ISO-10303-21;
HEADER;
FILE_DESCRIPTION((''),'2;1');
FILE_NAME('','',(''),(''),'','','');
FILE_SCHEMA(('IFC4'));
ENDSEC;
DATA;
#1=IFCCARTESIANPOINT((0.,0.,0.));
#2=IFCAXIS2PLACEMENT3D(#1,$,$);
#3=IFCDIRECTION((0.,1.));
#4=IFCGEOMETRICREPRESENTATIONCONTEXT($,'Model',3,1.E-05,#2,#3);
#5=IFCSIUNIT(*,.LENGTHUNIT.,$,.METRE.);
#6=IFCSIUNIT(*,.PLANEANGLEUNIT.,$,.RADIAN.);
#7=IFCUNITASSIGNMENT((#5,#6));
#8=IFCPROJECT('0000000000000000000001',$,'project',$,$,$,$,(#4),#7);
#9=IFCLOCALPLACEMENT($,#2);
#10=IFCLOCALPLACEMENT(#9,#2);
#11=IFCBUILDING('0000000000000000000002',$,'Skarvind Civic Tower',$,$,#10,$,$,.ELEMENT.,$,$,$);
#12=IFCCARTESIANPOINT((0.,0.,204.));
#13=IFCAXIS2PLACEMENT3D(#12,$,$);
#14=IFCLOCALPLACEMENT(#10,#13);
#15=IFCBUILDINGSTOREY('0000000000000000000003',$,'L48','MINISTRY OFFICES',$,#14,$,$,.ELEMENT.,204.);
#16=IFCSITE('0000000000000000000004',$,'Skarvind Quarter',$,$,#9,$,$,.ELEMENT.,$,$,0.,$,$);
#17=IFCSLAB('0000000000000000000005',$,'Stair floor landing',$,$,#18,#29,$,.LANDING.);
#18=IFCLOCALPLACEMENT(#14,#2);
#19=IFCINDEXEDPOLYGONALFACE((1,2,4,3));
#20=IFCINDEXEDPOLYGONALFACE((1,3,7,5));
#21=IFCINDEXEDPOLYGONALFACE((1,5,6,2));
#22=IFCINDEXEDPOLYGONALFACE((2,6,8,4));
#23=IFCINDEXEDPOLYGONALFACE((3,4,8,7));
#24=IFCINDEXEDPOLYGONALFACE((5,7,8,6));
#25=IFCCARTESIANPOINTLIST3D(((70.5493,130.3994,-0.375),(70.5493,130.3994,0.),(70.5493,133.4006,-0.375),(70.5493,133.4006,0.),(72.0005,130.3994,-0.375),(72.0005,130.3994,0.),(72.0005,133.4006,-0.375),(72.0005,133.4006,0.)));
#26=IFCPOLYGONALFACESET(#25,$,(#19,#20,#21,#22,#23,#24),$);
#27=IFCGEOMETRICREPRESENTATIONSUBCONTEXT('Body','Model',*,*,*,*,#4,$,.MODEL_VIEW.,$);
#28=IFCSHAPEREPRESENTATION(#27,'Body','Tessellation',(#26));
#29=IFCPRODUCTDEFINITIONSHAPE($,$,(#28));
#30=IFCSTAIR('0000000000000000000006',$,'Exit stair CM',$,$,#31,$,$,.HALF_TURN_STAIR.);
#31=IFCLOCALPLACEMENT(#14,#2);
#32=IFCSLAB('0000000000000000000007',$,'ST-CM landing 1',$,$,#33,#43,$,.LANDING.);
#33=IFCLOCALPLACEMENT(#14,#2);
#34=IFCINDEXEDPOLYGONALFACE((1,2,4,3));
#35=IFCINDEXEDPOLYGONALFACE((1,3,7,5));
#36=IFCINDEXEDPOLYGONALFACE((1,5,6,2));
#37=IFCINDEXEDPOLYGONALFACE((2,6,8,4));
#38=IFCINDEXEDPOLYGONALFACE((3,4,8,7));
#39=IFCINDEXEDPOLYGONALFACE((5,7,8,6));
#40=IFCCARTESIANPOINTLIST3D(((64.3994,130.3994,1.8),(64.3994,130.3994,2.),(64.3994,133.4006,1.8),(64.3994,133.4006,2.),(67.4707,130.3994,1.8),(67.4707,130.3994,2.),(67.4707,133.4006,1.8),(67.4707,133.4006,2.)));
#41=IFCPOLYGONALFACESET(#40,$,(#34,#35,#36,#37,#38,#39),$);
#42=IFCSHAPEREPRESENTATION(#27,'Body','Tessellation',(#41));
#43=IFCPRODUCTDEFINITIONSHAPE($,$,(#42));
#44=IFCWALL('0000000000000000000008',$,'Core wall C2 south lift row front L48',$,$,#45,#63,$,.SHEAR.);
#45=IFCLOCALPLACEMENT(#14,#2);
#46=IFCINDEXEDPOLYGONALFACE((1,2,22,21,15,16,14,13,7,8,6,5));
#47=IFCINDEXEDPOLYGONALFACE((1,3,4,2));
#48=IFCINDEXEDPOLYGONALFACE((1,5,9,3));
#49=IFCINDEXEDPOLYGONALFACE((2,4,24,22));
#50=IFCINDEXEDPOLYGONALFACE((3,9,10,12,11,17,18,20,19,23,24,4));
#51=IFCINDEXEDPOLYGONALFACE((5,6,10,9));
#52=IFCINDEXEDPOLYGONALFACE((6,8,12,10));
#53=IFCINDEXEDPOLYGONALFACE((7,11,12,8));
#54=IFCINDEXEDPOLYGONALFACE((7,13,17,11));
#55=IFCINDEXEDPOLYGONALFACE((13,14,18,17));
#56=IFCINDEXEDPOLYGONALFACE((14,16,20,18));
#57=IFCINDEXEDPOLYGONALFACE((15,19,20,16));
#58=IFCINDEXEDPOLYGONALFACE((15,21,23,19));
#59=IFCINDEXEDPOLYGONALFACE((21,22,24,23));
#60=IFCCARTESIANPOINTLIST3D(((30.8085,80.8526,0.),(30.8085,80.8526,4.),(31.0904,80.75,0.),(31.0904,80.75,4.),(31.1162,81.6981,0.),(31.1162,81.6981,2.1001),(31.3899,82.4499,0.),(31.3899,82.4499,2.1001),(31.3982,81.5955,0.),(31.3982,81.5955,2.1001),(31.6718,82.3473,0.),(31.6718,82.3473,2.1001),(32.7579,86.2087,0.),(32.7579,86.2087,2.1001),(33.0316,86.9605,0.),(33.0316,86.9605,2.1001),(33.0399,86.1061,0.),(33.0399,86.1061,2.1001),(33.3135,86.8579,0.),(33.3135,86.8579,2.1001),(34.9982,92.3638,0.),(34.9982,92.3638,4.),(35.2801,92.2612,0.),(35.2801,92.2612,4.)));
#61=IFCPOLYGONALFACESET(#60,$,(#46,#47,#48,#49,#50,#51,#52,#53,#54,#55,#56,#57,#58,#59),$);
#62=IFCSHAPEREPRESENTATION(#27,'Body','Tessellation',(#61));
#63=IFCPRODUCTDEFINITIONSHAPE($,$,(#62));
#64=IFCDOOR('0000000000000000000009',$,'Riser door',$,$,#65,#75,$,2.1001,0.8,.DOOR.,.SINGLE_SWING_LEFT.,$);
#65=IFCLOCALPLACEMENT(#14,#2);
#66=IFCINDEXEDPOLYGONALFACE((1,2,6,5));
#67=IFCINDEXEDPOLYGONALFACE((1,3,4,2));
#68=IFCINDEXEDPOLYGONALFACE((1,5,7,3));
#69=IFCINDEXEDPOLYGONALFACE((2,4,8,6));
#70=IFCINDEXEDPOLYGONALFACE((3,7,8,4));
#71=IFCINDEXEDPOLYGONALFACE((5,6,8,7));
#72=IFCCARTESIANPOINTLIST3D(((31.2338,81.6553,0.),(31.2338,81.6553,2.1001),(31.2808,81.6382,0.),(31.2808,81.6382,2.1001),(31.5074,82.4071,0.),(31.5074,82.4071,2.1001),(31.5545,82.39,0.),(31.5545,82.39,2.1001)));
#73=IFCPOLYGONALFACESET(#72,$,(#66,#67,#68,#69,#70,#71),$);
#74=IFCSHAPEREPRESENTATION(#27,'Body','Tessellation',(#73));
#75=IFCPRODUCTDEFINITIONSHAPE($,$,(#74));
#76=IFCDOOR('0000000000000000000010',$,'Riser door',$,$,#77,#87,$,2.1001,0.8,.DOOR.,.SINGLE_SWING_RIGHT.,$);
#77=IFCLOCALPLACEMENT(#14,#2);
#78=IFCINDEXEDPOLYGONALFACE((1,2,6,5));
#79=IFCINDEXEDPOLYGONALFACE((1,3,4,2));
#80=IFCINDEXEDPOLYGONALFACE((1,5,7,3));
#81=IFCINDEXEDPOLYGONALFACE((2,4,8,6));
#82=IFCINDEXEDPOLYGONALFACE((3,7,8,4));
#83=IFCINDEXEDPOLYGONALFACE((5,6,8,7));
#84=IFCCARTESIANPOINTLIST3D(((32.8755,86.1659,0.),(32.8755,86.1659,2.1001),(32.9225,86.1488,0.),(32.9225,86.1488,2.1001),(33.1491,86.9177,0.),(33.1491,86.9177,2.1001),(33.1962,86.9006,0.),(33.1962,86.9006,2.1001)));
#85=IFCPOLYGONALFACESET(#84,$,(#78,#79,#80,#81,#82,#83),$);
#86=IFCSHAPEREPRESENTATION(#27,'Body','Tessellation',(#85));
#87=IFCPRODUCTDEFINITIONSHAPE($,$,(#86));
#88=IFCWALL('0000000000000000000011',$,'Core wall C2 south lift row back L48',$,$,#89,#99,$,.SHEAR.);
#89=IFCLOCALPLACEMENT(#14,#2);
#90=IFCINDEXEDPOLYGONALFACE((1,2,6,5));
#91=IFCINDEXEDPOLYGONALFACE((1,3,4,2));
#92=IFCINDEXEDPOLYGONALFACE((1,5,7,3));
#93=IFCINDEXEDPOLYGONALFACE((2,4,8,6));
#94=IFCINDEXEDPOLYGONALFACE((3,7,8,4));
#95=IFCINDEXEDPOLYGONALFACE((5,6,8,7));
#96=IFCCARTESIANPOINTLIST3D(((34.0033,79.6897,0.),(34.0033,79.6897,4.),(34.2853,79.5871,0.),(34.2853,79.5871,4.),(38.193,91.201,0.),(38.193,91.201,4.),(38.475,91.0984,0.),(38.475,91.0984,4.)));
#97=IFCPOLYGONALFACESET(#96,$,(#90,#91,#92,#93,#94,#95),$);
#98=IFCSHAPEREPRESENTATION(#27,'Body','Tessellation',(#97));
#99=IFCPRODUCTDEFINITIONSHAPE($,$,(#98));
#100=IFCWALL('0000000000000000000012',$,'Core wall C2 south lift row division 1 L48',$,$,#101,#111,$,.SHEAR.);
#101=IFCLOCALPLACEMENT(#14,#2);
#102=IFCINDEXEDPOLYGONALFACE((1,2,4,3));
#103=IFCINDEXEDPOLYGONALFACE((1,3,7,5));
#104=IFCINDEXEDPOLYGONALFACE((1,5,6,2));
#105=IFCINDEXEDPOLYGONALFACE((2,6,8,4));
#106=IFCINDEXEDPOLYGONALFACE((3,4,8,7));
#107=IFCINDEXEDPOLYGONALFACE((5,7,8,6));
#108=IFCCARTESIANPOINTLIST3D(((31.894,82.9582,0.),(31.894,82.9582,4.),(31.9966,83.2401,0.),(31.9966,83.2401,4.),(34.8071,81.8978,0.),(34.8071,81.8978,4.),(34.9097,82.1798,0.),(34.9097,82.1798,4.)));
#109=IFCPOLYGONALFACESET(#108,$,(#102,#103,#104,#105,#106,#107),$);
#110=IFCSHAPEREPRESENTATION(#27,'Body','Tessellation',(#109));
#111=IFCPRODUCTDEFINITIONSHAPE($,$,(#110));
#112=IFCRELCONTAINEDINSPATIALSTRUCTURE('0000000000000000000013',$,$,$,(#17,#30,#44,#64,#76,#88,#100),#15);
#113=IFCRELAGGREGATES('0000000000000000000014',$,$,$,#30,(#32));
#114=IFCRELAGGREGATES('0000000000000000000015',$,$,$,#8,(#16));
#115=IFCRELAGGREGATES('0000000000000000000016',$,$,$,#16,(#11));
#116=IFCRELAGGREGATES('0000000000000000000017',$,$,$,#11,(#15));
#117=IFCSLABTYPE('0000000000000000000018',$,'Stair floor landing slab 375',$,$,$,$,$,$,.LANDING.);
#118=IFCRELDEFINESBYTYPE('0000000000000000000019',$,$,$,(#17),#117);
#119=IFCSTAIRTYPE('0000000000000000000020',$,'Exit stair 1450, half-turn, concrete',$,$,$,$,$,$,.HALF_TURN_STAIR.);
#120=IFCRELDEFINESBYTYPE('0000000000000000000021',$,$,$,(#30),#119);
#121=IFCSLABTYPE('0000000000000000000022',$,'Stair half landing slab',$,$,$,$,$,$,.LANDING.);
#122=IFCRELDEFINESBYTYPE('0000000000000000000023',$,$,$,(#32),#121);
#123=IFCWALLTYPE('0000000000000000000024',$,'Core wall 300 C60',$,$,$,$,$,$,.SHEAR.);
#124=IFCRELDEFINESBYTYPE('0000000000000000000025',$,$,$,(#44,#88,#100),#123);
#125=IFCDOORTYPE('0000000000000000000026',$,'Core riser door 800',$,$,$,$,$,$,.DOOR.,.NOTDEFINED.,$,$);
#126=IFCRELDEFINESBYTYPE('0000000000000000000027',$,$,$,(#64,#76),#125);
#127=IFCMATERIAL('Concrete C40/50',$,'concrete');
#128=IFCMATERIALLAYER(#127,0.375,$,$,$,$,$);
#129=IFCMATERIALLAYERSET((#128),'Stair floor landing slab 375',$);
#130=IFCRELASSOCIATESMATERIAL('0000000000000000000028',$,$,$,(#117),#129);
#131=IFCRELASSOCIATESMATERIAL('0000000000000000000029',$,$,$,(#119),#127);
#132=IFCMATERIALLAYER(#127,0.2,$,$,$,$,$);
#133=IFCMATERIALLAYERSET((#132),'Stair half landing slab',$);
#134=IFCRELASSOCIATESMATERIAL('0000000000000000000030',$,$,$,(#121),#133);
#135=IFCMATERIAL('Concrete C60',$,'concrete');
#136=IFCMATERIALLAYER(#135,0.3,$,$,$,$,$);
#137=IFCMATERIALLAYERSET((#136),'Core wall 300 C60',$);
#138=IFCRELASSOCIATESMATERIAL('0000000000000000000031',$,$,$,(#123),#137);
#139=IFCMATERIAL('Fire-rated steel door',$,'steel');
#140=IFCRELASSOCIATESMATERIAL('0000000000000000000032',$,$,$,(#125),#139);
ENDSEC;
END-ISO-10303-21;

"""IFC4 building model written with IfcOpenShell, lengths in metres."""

from ifc_helpers import new_model, si_unit, direction, frame, frame_2d, origin, place, context, subcontext, project, spatial, polyline, rectangle, outline, extrude, material, layer, layer_set, type_object, element, fill, aggregate, save


model = new_model("IFC4")

# Units and contexts
model_context = context("Model", 3, precision=1e-05, world=origin(), true_north=direction((0.0, 1.0)))
body_context = subcontext(model_context, "Body", "Model", "MODEL_VIEW")
ifc_project = project(units=[si_unit("LENGTHUNIT", "METRE"), si_unit("PLANEANGLEUNIT", "RADIAN")], contexts=[model_context])

# Site, building, storey
site_placement = place(None, origin())
site = spatial("IfcSite", under=ifc_project, at=site_placement, Name="Skarvind Quarter", CompositionType="ELEMENT", RefElevation=0.0)
building_placement = place(site_placement, origin())
building = spatial("IfcBuilding", under=site, at=building_placement, Name="Skarvind Civic Tower", CompositionType="ELEMENT")
storey_placement = place(building_placement, frame((0.0, 0.0, 204.0)))
storey = spatial("IfcBuildingStorey", under=building, at=storey_placement, Name="L48", Description="MINISTRY OFFICES", CompositionType="ELEMENT", Elevation=204.0)

# Slab
ifc_material_1 = material(Name="Concrete C40/50", Category="concrete")
ifc_layer_1 = layer(ifc_material_1, 0.375)
ifc_layer_set_1 = layer_set([ifc_layer_1], Name="Stair floor landing slab 375")
slab_type_1 = type_object("IfcSlabType", Name="Stair floor landing slab 375", PredefinedType="LANDING", material=ifc_layer_set_1)
slab_1_placement = place(storey_placement, frame((0.0, 0.0, -0.375)))
element("IfcSlab", 1, at=slab_1_placement, inside=storey, type_object=slab_type_1, Name="Stair floor landing", PredefinedType="LANDING", context=body_context, shape_type="SweptSolid", body=[
    extrude(outline(polyline([(70.5493, 130.3994), (70.5493, 133.4006), (72.0005, 133.4006), (72.0005, 130.3994), (70.5493, 130.3994)])), origin(), (0.0, 0.0, 1.0), 0.375),
])

# Stair, slab
stair_type_1 = type_object("IfcStairType", Name="Exit stair 1450, half-turn, concrete", PredefinedType="HALF_TURN_STAIR", material=ifc_material_1)
stair_1_placement = place(storey_placement, origin())
stair_1 = element("IfcStair", 2, at=stair_1_placement, inside=storey, type_object=stair_type_1, Name="Exit stair CM", PredefinedType="HALF_TURN_STAIR")
ifc_layer_2 = layer(ifc_material_1, 0.2)
ifc_layer_set_2 = layer_set([ifc_layer_2], Name="Stair half landing slab")
slab_type_2 = type_object("IfcSlabType", Name="Stair half landing slab", PredefinedType="LANDING", material=ifc_layer_set_2)
slab_2_placement = place(storey_placement, frame((0.0, 0.0, 1.8)))
slab_2 = element("IfcSlab", 3, at=slab_2_placement, type_object=slab_type_2, Name="ST-CM landing 1", PredefinedType="LANDING", context=body_context, shape_type="SweptSolid", body=[
    extrude(outline(polyline([(67.4707, 133.4006), (67.4707, 130.3994), (64.3994, 130.3994), (64.3994, 133.4006), (67.4707, 133.4006)])), origin(), (0.0, 0.0, 1.0), 0.2),
])
aggregate(stair_1, [slab_2])

# Wall, openings, doors
ifc_material_2 = material(Name="Concrete C60", Category="concrete")
ifc_layer_3 = layer(ifc_material_2, 0.3)
ifc_layer_set_3 = layer_set([ifc_layer_3], Name="Core wall 300 C60")
wall_type_1 = type_object("IfcWallType", Name="Core wall 300 C60", PredefinedType="SHEAR", material=ifc_layer_set_3)
wall_1_placement = place(storey_placement, frame((30.9495, 80.8013, 0.0), z_axis=(0.0, 0.0, 1.0), x_axis=(0.342017, 0.939694, 0.0)))
wall_1 = element("IfcWall", 4, at=wall_1_placement, inside=storey, type_object=wall_type_1, Name="Core wall C2 south lift row front L48", PredefinedType="SHEAR", context=body_context, shape_type="SweptSolid", body=[
    extrude(rectangle(XDim=12.25, YDim=0.3, at=frame_2d((6.125, 0.0))), origin(), (0.0, 0.0, 1.0), 4.0),
])
opening_1_placement = place(wall_1_placement, frame((0.8999, 0.0, 0.0)))
opening_1 = element("IfcOpeningElement", 5, at=opening_1_placement, cuts=wall_1, PredefinedType="OPENING", context=body_context, shape_type="SweptSolid", body=[
    extrude(rectangle(XDim=0.8, YDim=2.1001, at=frame_2d((0.3999, 1.05))), frame((0.0, 0.1599, 0.0), z_axis=(0.0, -1.0, 0.0), x_axis=(1.0, 0.0, 0.0)), (0.0, 0.0, 1.0), 0.3201),
])
opening_2_placement = place(wall_1_placement, frame((5.7, 0.0, 0.0)))
opening_2 = element("IfcOpeningElement", 6, at=opening_2_placement, cuts=wall_1, PredefinedType="OPENING", context=body_context, shape_type="SweptSolid", body=[
    extrude(rectangle(XDim=0.8, YDim=2.1001, at=frame_2d((0.3999, 1.05))), frame((0.0, 0.1599, 0.0), z_axis=(0.0, -1.0, 0.0), x_axis=(1.0, 0.0, 0.0)), (0.0, 0.0, 1.0), 0.3201),
])
ifc_material_3 = material(Name="Fire-rated steel door", Category="steel")
door_type_1 = type_object("IfcDoorType", Name="Core riser door 800", OperationType="NOTDEFINED", PredefinedType="DOOR", material=ifc_material_3)
door_1_placement = place(opening_1_placement, origin())
door_1 = element("IfcDoor", 7, at=door_1_placement, inside=storey, type_object=door_type_1, Name="Riser door", OperationType="SINGLE_SWING_LEFT", OverallHeight=2.1001, OverallWidth=0.8, PredefinedType="DOOR", context=body_context, shape_type="SweptSolid", body=[
    extrude(rectangle(XDim=0.8, YDim=2.1001, at=frame_2d((0.3999, 1.05))), frame((0.0, 0.0249, 0.0), z_axis=(0.0, -1.0, 0.0), x_axis=(1.0, 0.0, 0.0)), (0.0, 0.0, 1.0), 0.05),
])
fill(opening_1, door_1)
door_2_placement = place(opening_2_placement, origin())
door_2 = element("IfcDoor", 8, at=door_2_placement, inside=storey, type_object=door_type_1, Name="Riser door", OperationType="SINGLE_SWING_RIGHT", OverallHeight=2.1001, OverallWidth=0.8, PredefinedType="DOOR", context=body_context, shape_type="SweptSolid", body=[
    extrude(rectangle(XDim=0.8, YDim=2.1001, at=frame_2d((0.3999, 1.05))), frame((0.0, 0.0249, 0.0), z_axis=(0.0, -1.0, 0.0), x_axis=(1.0, 0.0, 0.0)), (0.0, 0.0, 1.0), 0.05),
])
fill(opening_2, door_2)

# Walls
wall_2_placement = place(storey_placement, frame((34.1443, 79.6384, 0.0), z_axis=(0.0, 0.0, 1.0), x_axis=(0.342017, 0.939694, 0.0)))
element("IfcWall", 9, at=wall_2_placement, inside=storey, type_object=wall_type_1, Name="Core wall C2 south lift row back L48", PredefinedType="SHEAR", context=body_context, shape_type="SweptSolid", body=[
    extrude(rectangle(XDim=12.25, YDim=0.3, at=frame_2d((6.125, 0.0))), origin(), (0.0, 0.0, 1.0), 4.0),
])
wall_3_placement = place(storey_placement, frame((34.8584, 82.0388, 0.0), z_axis=(0.0, 0.0, 1.0), x_axis=(-0.93969, 0.342028, 0.0)))
element("IfcWall", 10, at=wall_3_placement, inside=storey, type_object=wall_type_1, Name="Core wall C2 south lift row division 1 L48", PredefinedType="SHEAR", context=body_context, shape_type="SweptSolid", body=[
    extrude(rectangle(XDim=3.1001, YDim=0.3, at=frame_2d((1.55, 0.0))), origin(), (0.0, 0.0, 1.0), 4.0),
])

save(model, "model.ifc")
